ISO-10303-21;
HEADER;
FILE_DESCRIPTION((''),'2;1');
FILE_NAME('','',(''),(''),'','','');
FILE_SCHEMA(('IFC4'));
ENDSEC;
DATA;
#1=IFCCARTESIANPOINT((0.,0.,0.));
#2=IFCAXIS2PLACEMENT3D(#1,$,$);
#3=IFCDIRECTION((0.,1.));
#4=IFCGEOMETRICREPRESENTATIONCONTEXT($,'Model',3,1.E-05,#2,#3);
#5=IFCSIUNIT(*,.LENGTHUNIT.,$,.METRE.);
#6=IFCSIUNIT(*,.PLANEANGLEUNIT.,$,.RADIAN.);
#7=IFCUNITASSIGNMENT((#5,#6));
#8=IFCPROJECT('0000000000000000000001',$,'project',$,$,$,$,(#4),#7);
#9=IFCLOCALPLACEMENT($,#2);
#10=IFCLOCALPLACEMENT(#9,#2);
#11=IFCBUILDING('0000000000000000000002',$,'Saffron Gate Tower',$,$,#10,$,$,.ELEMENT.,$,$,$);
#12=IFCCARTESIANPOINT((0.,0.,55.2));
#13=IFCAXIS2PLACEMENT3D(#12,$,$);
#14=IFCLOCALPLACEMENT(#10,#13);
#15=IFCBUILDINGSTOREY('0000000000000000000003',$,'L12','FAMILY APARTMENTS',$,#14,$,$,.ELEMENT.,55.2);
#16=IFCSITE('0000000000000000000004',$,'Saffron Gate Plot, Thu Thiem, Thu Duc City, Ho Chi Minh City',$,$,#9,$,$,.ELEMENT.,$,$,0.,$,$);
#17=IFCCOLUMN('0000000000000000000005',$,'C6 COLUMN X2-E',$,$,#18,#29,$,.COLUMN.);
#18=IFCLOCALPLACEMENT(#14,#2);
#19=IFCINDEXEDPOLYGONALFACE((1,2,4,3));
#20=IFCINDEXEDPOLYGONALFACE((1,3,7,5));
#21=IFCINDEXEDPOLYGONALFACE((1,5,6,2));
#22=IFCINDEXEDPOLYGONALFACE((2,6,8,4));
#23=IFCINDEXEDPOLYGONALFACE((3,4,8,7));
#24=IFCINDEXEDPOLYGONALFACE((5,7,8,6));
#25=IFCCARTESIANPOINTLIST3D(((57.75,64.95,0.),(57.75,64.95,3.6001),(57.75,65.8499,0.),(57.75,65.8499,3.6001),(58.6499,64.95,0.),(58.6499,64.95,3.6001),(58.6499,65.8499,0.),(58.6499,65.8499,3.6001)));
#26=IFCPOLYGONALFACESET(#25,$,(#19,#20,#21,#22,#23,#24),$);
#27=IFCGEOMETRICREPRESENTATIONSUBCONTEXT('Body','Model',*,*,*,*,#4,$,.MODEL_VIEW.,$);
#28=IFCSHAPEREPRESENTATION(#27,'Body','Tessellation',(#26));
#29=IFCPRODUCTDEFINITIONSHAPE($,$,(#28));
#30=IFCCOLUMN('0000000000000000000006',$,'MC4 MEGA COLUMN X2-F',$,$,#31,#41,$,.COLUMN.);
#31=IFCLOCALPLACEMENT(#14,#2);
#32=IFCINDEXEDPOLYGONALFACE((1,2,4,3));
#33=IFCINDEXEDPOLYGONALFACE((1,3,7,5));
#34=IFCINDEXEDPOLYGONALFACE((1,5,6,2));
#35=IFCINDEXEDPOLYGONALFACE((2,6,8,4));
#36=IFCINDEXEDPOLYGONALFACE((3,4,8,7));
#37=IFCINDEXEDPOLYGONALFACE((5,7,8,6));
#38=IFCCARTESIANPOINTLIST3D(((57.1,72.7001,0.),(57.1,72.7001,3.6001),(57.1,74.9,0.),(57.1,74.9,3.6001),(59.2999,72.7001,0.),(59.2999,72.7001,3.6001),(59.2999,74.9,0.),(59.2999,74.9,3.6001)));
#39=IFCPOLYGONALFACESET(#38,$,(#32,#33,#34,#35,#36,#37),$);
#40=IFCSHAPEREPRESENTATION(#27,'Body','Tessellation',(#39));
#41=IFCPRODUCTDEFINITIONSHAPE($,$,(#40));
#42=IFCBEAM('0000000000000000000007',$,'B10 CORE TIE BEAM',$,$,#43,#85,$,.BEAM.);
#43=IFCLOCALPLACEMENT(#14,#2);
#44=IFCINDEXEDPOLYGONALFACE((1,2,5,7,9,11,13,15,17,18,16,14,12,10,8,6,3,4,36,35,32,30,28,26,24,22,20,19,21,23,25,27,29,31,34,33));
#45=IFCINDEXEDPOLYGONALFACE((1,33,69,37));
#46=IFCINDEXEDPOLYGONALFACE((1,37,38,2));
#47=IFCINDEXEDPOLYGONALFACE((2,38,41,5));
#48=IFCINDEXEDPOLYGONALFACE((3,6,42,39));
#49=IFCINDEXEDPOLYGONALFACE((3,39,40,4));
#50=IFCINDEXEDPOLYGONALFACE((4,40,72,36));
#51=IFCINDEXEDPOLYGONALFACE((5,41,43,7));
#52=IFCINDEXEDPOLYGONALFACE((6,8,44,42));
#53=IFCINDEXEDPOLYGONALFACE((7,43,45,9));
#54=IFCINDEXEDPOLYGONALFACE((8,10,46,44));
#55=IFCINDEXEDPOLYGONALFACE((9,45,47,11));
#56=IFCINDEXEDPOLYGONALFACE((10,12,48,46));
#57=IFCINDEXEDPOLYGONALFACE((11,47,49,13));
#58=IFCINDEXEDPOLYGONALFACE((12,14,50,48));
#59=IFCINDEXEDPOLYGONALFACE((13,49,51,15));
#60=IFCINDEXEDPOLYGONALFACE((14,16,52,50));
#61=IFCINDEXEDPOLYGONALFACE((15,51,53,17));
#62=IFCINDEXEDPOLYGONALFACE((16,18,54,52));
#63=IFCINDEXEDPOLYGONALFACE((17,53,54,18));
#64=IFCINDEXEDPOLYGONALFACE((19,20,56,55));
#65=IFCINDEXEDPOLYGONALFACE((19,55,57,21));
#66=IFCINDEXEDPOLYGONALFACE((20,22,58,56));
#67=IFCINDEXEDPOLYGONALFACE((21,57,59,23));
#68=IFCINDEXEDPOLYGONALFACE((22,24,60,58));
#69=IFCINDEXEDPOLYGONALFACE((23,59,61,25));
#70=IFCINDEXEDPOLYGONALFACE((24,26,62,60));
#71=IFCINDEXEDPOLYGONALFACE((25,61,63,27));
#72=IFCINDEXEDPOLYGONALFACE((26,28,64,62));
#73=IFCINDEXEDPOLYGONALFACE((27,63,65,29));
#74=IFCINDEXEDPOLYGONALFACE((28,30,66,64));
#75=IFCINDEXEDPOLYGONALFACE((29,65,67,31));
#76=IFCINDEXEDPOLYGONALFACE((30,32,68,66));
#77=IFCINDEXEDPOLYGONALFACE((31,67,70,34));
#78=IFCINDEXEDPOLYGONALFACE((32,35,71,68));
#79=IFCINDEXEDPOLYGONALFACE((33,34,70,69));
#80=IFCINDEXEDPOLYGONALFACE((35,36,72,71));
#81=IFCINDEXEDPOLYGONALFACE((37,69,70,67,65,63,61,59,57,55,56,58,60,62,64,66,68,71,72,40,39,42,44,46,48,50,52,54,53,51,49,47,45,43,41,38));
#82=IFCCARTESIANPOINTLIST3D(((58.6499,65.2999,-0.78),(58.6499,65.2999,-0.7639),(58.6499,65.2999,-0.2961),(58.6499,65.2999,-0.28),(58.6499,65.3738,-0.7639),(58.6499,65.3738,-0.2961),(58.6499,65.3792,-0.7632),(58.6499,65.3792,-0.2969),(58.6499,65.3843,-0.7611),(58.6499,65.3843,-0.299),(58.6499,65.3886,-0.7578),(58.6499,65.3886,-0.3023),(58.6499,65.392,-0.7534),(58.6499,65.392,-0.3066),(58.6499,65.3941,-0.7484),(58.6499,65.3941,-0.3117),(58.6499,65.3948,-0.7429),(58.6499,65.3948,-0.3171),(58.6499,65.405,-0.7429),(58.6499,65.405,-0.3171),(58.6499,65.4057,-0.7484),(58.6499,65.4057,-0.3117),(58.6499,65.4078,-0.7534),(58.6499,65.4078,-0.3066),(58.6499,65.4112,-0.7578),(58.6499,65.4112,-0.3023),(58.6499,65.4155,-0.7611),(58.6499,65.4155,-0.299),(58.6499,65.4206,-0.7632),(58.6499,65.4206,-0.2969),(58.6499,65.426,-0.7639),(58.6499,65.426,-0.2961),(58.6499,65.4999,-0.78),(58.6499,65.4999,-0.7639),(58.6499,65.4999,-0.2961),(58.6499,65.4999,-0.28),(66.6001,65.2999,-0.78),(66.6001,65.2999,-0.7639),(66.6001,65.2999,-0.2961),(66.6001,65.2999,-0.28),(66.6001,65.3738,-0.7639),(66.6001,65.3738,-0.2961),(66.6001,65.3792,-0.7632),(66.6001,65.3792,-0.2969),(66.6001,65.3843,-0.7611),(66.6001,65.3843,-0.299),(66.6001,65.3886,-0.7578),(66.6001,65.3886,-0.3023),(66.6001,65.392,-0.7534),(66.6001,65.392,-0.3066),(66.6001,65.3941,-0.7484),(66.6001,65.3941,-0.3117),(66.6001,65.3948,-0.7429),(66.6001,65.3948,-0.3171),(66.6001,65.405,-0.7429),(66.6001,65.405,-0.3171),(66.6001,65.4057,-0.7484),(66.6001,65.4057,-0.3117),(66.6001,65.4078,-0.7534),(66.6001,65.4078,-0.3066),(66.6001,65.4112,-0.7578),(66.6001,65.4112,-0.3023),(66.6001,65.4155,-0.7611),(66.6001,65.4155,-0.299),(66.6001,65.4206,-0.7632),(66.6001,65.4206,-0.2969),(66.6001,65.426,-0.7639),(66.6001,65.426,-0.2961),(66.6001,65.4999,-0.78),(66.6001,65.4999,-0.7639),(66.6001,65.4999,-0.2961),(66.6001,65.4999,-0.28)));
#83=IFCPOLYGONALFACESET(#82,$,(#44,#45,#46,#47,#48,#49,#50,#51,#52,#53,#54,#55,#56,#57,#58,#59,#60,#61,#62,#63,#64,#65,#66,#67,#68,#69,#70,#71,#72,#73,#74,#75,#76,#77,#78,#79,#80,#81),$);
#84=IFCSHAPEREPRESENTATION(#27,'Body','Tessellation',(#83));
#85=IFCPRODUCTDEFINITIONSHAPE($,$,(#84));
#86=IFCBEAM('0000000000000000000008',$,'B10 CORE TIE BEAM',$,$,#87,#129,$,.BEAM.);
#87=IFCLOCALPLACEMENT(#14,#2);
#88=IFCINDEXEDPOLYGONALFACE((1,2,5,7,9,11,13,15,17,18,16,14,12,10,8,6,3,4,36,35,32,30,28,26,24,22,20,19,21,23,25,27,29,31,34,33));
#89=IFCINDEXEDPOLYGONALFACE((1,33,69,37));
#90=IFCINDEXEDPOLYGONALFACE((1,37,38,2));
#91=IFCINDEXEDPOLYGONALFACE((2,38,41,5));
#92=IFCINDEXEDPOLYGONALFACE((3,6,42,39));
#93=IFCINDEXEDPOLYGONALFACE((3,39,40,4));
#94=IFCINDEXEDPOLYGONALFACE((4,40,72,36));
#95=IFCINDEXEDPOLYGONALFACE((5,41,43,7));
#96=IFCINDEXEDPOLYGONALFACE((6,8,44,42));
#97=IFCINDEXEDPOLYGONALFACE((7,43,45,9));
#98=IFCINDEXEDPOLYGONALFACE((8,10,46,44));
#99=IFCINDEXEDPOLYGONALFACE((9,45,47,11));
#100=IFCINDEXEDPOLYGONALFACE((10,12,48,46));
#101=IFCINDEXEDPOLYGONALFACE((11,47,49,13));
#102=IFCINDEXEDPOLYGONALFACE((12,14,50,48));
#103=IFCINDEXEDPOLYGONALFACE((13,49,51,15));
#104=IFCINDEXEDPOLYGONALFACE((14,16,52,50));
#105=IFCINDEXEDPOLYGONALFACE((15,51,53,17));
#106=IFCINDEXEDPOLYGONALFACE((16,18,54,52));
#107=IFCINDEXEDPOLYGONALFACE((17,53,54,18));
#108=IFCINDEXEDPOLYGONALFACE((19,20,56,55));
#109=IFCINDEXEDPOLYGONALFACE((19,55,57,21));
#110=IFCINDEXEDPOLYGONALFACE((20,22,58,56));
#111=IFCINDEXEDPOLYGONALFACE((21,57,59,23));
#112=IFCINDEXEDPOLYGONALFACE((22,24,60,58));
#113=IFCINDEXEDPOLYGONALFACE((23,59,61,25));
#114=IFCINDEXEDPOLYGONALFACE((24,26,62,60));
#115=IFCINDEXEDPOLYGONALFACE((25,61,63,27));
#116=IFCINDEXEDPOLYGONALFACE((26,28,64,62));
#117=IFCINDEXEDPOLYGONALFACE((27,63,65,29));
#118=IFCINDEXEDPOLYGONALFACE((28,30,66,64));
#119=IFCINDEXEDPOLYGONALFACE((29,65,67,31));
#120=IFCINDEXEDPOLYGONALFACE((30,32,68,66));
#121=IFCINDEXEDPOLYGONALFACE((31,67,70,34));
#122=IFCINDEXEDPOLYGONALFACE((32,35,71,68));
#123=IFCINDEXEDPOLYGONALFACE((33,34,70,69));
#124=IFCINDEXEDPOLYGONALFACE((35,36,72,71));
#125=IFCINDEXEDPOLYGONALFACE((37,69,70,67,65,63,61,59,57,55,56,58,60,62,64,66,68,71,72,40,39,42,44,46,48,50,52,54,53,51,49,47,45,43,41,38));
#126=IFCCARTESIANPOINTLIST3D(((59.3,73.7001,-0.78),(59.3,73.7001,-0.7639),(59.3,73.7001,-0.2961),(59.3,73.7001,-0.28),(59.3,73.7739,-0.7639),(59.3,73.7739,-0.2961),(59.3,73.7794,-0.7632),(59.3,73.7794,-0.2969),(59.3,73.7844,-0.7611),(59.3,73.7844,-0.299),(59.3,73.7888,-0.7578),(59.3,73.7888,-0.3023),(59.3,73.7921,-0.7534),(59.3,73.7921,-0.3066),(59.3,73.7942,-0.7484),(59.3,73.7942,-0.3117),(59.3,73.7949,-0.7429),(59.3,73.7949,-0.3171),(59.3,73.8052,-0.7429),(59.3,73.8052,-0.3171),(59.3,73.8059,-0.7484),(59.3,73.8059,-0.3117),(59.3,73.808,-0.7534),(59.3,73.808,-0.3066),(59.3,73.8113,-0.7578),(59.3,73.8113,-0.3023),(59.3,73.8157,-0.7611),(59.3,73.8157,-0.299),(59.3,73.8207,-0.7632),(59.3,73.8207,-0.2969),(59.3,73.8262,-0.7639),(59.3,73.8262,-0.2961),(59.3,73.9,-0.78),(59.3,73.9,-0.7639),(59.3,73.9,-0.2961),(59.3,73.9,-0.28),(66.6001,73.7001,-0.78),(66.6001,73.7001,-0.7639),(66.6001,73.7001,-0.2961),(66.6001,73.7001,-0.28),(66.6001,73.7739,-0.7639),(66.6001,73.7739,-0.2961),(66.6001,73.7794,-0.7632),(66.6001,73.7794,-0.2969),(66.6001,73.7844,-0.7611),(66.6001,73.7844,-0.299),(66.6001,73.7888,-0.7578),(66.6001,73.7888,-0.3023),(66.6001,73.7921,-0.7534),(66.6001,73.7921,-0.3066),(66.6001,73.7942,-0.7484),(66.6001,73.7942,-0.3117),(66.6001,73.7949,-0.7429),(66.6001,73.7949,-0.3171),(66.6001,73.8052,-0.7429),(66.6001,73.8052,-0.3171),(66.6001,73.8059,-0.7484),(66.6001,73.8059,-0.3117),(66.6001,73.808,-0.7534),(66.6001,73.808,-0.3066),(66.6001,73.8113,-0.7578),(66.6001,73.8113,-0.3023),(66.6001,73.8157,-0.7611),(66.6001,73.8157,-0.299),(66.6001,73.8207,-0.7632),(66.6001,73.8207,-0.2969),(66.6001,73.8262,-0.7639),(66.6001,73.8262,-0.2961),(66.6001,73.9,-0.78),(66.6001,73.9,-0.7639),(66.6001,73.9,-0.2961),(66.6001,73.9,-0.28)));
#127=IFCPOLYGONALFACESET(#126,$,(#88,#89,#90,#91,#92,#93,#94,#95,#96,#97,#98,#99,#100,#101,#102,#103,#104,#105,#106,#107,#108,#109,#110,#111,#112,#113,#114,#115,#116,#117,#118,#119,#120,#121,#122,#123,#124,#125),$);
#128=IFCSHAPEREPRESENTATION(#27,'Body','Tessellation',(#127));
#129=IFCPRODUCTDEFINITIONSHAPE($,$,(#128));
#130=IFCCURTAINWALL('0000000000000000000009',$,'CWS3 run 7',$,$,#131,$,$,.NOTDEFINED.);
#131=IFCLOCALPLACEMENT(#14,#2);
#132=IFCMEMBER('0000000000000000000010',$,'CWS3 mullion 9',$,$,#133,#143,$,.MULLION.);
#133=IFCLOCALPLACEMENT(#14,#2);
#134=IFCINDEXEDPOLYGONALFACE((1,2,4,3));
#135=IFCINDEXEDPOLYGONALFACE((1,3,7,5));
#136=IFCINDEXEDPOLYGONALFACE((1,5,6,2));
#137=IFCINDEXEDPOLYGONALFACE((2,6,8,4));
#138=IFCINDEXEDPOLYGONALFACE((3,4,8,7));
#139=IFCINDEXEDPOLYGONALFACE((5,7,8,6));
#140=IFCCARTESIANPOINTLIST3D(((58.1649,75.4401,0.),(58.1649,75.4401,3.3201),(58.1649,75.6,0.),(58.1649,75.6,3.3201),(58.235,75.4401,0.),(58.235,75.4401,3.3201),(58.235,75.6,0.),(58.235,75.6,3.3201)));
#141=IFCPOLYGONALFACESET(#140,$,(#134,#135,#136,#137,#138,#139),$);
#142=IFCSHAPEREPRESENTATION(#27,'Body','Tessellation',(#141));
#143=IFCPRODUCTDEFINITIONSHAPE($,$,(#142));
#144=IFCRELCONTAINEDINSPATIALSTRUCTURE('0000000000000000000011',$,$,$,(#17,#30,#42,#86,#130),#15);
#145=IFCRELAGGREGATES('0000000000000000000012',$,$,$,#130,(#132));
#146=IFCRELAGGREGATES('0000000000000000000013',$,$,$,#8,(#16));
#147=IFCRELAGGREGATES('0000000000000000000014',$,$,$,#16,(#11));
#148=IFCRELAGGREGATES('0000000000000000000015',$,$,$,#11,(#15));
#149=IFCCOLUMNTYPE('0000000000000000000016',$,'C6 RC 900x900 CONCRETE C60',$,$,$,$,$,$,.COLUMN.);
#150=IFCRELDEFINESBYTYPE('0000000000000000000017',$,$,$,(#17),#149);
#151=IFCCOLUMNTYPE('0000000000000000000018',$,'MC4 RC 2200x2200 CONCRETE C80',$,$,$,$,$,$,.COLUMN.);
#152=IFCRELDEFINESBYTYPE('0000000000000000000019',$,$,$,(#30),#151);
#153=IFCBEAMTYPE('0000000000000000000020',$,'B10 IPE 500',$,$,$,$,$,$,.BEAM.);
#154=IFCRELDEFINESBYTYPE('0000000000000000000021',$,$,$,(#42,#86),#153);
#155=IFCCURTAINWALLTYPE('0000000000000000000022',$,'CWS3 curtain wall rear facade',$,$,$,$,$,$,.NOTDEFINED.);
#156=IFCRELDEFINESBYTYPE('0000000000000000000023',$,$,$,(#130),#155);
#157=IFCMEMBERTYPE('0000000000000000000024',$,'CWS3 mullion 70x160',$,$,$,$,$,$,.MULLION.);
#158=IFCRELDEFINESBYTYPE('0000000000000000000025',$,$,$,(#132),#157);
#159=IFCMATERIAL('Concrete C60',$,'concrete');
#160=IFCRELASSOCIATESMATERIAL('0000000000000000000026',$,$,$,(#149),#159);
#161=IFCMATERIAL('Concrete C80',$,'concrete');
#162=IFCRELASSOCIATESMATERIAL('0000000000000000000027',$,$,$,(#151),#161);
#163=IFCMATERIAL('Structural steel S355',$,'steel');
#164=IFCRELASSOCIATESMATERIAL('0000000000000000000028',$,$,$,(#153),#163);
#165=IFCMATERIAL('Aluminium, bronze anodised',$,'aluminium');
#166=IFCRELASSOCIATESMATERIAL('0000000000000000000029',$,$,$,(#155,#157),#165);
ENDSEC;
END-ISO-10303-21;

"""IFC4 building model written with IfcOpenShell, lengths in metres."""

from ifc_helpers import new_model, si_unit, direction, frame, origin, origin_2d, place, context, subcontext, project, spatial, rectangle, i_section, extrude, material, material_profile, profile_set, type_object, element, aggregate, save


model = new_model("IFC4")

# Units and contexts
model_context = context("Model", 3, precision=1e-05, world=origin(), true_north=direction((0.0, 1.0)))
body_context = subcontext(model_context, "Body", "Model", "MODEL_VIEW")
ifc_project = project(units=[si_unit("LENGTHUNIT", "METRE"), si_unit("PLANEANGLEUNIT", "RADIAN")], contexts=[model_context])

# Site, building, storey
site_placement = place(None, origin())
site = spatial("IfcSite", under=ifc_project, at=site_placement, Name="Saffron Gate Plot, Thu Thiem, Thu Duc City, Ho Chi Minh City", CompositionType="ELEMENT", RefElevation=0.0)
building_placement = place(site_placement, origin())
building = spatial("IfcBuilding", under=site, at=building_placement, Name="Saffron Gate Tower", CompositionType="ELEMENT")
storey_placement = place(building_placement, frame((0.0, 0.0, 55.2)))
storey = spatial("IfcBuildingStorey", under=building, at=storey_placement, Name="L12", Description="FAMILY APARTMENTS", CompositionType="ELEMENT", Elevation=55.2)

# Columns
ifc_material_1 = material(Name="Concrete C60", Category="concrete")
ifc_material_profile_1 = material_profile(ifc_material_1, rectangle(XDim=0.8999, YDim=0.8999, at=origin_2d()))
ifc_profile_set_1 = profile_set([ifc_material_profile_1], Name="Concrete C60")
column_type_1 = type_object("IfcColumnType", Name="C6 RC 900x900 CONCRETE C60", PredefinedType="COLUMN", material=ifc_profile_set_1)
column_1_placement = place(storey_placement, frame((58.2, 65.3999, 0.0), z_axis=(0.0, 0.0, 1.0), x_axis=(1.0, 0.0, 0.0)))
element("IfcColumn", 1, at=column_1_placement, inside=storey, type_object=column_type_1, Name="C6 COLUMN X2-E", PredefinedType="COLUMN", context=body_context, shape_type="SweptSolid", body=[
    extrude(rectangle(XDim=0.8999, YDim=0.8999, at=origin_2d()), origin(), (0.0, 0.0, 1.0), 3.6001),
])
ifc_material_2 = material(Name="Concrete C80", Category="concrete")
ifc_material_profile_2 = material_profile(ifc_material_2, rectangle(XDim=2.2, YDim=2.2, at=origin_2d()))
ifc_profile_set_2 = profile_set([ifc_material_profile_2], Name="Concrete C80")
column_type_2 = type_object("IfcColumnType", Name="MC4 RC 2200x2200 CONCRETE C80", PredefinedType="COLUMN", material=ifc_profile_set_2)
column_2_placement = place(storey_placement, frame((58.2, 73.8, 0.0), z_axis=(0.0, 0.0, 1.0), x_axis=(1.0, 0.0, 0.0)))
element("IfcColumn", 2, at=column_2_placement, inside=storey, type_object=column_type_2, Name="MC4 MEGA COLUMN X2-F", PredefinedType="COLUMN", context=body_context, shape_type="SweptSolid", body=[
    extrude(rectangle(XDim=2.2, YDim=2.2, at=origin_2d()), origin(), (0.0, 0.0, 1.0), 3.6001),
])

# Beams
ifc_material_3 = material(Name="Structural steel S355", Category="steel")
ifc_material_profile_3 = material_profile(ifc_material_3, i_section(OverallWidth=0.2, OverallDepth=0.5, WebThickness=0.0103, FlangeThickness=0.0161, FilletRadius=0.021, at=origin_2d()))
ifc_profile_set_3 = profile_set([ifc_material_profile_3], Name="Structural steel S355")
beam_type = type_object("IfcBeamType", Name="B10 IPE 500", PredefinedType="BEAM", material=ifc_profile_set_3)
beam_1_placement = place(storey_placement, frame((58.6499, 65.3999, -0.53), z_axis=(1.0, 0.0, 0.0), x_axis=(0.0, 1.0, 0.0)))
element("IfcBeam", 3, at=beam_1_placement, inside=storey, type_object=beam_type, Name="B10 CORE TIE BEAM", PredefinedType="BEAM", context=body_context, shape_type="SweptSolid", body=[
    extrude(i_section(OverallWidth=0.2, OverallDepth=0.5, WebThickness=0.0103, FlangeThickness=0.0161, FilletRadius=0.021, at=origin_2d()), origin(), (0.0, 0.0, 1.0), 7.9502),
])
beam_2_placement = place(storey_placement, frame((59.3, 73.8, -0.53), z_axis=(1.0, 0.0, 0.0), x_axis=(0.0, 1.0, 0.0)))
element("IfcBeam", 4, at=beam_2_placement, inside=storey, type_object=beam_type, Name="B10 CORE TIE BEAM", PredefinedType="BEAM", context=body_context, shape_type="SweptSolid", body=[
    extrude(i_section(OverallWidth=0.2, OverallDepth=0.5, WebThickness=0.0103, FlangeThickness=0.0161, FilletRadius=0.021, at=origin_2d()), origin(), (0.0, 0.0, 1.0), 7.3),
])

# Curtain wall, member
ifc_material_4 = material(Name="Aluminium, bronze anodised", Category="aluminium")
curtain_wall_type = type_object("IfcCurtainWallType", Name="CWS3 curtain wall rear facade", PredefinedType="NOTDEFINED", material=ifc_material_4)
curtain_wall_placement = place(storey_placement, origin())
curtain_wall = element("IfcCurtainWall", 5, at=curtain_wall_placement, inside=storey, type_object=curtain_wall_type, Name="CWS3 run 7", PredefinedType="NOTDEFINED")
ifc_material_profile_4 = material_profile(ifc_material_4, rectangle(XDim=0.1599, YDim=0.0701, at=origin_2d()))
ifc_profile_set_4 = profile_set([ifc_material_profile_4], Name="Aluminium, bronze anodised")
member_type = type_object("IfcMemberType", Name="CWS3 mullion 70x160", PredefinedType="MULLION", material=ifc_profile_set_4)
member_placement = place(storey_placement, frame((58.2, 75.52, 0.0), z_axis=(0.0, 0.0, 1.0), x_axis=(0.0, -1.0, 0.0)))
member = element("IfcMember", 6, at=member_placement, type_object=member_type, Name="CWS3 mullion 9", PredefinedType="MULLION", context=body_context, shape_type="SweptSolid", body=[
    extrude(rectangle(XDim=0.1599, YDim=0.0701, at=origin_2d()), origin(), (0.0, 0.0, 1.0), 3.3201),
])
aggregate(curtain_wall, [member])

save(model, "model.ifc")
